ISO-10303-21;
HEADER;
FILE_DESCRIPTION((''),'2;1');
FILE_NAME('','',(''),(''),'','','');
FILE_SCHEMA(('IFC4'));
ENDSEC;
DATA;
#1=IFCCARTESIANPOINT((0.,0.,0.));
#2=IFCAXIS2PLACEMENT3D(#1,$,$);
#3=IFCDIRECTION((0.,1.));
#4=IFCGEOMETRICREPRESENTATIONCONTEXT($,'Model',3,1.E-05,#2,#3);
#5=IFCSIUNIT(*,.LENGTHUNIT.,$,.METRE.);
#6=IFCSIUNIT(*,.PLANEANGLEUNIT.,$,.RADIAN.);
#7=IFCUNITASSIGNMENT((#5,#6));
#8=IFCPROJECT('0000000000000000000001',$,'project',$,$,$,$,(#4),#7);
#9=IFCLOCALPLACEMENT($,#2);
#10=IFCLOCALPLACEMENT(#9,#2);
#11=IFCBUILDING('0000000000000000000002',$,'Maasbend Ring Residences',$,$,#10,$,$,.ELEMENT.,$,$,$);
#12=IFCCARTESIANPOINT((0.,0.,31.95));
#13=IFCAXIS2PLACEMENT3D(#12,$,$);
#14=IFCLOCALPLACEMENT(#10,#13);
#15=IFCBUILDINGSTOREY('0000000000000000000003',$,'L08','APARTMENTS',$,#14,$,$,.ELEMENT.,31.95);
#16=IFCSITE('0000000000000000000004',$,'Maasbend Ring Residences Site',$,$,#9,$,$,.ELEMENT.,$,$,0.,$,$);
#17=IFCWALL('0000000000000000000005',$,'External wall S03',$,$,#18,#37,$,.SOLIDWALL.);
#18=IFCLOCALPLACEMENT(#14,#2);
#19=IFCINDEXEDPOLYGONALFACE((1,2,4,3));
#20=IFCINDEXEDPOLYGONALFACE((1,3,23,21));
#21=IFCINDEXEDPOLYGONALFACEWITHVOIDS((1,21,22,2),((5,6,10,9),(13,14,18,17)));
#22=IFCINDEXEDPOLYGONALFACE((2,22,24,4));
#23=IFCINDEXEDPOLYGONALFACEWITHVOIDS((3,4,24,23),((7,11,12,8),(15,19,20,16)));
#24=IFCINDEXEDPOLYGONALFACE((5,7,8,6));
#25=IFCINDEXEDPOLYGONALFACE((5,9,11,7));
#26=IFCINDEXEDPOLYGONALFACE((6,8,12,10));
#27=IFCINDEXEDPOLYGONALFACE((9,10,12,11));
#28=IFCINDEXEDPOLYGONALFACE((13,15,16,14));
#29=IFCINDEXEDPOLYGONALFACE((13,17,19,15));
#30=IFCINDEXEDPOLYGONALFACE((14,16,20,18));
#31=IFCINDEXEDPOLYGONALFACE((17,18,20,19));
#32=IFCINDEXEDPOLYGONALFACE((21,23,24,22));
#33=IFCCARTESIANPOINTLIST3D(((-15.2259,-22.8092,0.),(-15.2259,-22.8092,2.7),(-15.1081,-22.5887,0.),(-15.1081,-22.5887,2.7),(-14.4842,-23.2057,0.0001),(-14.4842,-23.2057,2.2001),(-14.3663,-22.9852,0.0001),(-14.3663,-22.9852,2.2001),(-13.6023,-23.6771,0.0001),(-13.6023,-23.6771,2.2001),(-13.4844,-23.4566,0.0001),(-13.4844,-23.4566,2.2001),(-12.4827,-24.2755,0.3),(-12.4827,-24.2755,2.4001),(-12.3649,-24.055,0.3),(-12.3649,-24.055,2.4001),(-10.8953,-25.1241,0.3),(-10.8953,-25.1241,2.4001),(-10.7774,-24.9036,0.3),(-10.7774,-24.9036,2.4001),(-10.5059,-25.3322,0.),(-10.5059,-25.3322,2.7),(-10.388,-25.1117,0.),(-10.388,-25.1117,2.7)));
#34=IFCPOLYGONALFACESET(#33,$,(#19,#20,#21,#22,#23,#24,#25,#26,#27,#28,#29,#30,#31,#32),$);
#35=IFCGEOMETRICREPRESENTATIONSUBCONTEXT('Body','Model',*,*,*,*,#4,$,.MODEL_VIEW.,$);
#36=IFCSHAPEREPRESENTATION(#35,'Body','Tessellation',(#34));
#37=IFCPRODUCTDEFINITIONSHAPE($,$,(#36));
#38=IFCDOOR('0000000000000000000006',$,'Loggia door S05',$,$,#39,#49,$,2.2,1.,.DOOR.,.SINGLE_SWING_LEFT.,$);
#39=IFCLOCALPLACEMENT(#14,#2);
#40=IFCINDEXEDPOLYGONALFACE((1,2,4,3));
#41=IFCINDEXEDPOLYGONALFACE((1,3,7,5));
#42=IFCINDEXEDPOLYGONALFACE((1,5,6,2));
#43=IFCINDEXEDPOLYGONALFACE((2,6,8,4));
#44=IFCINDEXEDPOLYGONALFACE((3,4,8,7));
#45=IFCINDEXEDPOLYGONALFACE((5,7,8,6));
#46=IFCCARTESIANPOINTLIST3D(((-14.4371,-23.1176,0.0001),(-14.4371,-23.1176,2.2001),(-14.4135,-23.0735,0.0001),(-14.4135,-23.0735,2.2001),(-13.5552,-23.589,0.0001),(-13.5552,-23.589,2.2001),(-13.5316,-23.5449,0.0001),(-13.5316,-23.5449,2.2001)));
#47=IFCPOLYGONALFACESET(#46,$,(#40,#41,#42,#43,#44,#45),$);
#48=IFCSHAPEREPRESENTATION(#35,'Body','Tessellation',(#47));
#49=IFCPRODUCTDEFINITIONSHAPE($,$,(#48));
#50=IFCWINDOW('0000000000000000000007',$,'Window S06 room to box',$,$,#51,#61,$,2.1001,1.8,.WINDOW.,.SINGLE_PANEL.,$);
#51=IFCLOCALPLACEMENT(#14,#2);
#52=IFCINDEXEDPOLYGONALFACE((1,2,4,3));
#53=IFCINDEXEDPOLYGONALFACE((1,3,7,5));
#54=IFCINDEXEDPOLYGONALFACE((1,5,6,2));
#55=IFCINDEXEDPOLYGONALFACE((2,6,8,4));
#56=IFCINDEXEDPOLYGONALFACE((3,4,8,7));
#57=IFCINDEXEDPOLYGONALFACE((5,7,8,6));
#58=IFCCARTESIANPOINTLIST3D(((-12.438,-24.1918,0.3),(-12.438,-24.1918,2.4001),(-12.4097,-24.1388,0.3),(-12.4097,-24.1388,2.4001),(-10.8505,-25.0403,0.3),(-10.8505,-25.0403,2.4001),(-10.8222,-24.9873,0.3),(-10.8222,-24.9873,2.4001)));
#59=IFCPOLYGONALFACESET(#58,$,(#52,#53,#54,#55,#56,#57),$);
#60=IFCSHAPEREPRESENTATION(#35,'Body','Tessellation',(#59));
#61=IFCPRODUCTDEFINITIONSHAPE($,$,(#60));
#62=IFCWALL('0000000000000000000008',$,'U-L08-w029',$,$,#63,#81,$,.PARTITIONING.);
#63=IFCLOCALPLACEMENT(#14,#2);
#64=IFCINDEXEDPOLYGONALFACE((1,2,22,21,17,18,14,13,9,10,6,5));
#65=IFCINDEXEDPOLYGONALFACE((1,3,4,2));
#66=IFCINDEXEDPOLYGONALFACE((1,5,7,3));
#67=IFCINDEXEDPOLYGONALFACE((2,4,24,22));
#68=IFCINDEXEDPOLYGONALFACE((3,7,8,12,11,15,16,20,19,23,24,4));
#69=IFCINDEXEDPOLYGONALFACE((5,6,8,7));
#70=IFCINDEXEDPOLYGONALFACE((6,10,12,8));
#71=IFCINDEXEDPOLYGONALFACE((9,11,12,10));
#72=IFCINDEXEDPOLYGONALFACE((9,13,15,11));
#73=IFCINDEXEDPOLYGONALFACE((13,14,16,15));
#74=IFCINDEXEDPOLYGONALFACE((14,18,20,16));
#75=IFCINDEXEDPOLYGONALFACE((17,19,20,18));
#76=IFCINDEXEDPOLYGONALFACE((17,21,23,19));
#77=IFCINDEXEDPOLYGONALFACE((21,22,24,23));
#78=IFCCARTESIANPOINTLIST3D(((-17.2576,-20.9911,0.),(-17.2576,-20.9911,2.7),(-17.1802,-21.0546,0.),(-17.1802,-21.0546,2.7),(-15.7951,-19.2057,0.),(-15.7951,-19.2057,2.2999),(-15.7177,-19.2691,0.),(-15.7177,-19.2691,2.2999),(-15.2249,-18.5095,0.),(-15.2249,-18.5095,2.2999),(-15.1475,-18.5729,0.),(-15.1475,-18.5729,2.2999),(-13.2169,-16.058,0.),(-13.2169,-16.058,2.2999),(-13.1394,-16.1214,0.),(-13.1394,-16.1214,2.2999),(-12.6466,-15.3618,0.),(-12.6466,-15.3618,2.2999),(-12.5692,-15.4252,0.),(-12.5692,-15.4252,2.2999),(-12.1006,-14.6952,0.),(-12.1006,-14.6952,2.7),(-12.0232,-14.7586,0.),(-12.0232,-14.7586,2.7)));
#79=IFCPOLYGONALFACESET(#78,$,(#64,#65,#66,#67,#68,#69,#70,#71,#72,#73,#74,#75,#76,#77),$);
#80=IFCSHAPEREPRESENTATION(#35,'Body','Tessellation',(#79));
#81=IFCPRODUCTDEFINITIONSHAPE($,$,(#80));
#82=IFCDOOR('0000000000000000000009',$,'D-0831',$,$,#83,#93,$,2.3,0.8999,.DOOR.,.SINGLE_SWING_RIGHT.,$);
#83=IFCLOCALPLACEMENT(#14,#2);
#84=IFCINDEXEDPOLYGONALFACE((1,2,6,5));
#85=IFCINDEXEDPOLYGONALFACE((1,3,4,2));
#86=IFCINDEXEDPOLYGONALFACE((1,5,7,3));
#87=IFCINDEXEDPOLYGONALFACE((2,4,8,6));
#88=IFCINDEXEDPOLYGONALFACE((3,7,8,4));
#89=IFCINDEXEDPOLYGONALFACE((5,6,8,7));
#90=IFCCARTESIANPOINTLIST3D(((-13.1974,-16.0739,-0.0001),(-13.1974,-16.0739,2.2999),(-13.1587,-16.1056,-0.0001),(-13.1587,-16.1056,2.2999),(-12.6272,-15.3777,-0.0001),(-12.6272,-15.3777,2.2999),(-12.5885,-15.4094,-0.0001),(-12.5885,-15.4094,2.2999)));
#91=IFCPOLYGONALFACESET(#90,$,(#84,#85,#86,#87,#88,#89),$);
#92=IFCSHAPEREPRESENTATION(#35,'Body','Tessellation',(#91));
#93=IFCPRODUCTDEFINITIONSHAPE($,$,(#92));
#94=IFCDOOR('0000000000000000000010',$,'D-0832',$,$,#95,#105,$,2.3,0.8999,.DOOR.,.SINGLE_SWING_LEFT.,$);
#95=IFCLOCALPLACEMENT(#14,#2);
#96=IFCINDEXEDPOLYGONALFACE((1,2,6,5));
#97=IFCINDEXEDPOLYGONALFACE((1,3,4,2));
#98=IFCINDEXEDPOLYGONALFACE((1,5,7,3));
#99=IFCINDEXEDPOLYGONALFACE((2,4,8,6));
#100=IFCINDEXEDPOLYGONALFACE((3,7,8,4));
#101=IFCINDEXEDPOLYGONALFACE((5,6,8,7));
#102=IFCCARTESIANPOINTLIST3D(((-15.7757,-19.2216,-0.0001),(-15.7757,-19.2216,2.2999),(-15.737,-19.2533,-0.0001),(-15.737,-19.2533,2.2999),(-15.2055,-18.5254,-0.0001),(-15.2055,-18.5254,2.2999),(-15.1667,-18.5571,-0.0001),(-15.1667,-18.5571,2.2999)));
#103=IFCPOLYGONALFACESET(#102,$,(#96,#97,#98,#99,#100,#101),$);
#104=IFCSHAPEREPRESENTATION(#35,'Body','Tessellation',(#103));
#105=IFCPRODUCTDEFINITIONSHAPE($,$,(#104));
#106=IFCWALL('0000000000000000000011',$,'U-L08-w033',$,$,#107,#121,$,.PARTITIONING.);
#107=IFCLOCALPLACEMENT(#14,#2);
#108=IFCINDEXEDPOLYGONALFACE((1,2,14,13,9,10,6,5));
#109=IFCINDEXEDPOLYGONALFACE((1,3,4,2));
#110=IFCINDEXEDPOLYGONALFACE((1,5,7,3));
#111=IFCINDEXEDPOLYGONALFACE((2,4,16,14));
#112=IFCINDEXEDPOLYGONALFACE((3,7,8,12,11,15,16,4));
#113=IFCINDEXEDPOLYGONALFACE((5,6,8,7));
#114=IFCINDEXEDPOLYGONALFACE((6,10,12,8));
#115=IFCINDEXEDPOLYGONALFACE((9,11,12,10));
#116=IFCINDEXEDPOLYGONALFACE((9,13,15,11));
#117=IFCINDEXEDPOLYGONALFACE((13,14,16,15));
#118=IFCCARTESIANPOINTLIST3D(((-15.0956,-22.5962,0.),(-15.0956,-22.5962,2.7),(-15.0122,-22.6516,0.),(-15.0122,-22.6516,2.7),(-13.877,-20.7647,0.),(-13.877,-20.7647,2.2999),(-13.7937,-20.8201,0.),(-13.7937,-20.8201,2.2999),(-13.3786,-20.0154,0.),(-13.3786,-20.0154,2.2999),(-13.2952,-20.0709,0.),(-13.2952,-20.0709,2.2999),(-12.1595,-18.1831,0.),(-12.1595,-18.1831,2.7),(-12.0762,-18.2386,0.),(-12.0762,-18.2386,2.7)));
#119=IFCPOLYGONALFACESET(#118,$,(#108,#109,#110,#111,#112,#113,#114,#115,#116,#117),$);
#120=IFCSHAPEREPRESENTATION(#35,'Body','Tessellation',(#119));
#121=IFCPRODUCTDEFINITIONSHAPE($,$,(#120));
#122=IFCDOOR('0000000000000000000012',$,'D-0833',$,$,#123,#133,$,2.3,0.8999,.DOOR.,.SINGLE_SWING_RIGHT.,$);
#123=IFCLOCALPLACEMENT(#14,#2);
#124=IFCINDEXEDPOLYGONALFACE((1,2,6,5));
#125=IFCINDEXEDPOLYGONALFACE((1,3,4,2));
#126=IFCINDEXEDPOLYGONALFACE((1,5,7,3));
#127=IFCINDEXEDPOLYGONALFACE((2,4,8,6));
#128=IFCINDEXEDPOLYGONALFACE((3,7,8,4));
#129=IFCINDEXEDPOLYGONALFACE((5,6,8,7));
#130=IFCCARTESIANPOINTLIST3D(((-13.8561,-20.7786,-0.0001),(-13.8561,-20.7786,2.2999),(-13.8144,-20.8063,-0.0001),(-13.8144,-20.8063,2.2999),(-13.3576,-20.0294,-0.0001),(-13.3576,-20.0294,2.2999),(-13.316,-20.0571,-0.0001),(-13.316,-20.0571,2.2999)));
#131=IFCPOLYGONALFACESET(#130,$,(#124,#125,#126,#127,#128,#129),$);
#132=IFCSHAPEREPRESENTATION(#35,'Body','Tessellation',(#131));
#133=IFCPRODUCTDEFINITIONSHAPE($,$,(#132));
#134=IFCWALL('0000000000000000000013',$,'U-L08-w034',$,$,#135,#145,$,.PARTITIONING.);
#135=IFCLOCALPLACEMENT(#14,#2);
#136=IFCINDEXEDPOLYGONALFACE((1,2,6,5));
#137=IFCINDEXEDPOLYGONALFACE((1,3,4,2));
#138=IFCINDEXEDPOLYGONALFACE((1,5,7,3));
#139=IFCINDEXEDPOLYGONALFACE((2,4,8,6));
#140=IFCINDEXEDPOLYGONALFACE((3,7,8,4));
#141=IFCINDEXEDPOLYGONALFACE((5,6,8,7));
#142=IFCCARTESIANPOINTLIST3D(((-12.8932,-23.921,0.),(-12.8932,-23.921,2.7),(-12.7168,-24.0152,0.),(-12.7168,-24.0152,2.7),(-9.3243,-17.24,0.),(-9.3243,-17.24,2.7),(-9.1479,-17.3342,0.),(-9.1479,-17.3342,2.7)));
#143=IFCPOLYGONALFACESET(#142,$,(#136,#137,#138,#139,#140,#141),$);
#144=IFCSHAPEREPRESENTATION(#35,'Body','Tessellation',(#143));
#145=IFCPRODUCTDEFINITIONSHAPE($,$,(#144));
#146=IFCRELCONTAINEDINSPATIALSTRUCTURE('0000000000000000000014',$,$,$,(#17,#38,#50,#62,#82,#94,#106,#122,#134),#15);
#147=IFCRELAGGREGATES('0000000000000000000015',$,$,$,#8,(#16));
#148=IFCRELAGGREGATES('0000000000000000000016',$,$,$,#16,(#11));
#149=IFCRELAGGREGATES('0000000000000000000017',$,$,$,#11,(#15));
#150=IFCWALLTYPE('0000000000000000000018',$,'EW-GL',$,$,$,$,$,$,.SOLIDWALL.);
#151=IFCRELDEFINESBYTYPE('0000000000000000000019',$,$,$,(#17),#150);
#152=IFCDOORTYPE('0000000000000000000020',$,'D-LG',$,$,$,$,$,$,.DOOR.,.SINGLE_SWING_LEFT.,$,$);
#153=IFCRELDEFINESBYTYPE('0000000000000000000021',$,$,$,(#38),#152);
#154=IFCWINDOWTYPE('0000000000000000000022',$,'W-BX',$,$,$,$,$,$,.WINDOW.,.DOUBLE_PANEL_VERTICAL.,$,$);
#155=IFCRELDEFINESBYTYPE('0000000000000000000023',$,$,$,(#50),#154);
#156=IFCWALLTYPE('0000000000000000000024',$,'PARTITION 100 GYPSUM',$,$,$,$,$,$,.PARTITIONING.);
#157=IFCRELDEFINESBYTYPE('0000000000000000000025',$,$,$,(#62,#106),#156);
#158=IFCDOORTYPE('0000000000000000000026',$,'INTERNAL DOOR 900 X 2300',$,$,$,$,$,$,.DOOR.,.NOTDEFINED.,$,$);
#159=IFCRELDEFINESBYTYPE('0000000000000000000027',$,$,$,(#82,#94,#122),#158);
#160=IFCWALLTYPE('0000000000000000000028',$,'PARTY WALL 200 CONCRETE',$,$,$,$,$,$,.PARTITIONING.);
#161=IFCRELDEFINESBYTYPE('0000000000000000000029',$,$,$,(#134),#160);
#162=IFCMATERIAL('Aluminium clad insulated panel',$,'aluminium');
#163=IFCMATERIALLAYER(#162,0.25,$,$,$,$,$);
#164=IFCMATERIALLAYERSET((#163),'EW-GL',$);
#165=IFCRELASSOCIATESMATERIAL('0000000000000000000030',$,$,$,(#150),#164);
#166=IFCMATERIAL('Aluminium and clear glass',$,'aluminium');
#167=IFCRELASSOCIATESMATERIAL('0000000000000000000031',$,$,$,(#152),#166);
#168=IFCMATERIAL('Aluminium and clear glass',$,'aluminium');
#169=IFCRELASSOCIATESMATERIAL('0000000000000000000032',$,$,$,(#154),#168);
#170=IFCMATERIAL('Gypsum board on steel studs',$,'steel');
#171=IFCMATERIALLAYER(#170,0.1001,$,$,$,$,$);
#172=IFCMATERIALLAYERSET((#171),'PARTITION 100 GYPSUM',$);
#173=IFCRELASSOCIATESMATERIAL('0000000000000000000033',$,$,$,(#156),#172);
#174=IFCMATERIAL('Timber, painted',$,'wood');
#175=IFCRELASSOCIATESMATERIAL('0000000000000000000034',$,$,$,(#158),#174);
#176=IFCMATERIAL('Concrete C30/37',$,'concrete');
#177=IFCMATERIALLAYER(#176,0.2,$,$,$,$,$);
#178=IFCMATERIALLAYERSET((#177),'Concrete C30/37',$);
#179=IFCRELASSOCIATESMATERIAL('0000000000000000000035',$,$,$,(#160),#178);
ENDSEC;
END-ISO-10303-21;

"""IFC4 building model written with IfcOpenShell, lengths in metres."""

from ifc_helpers import new_model, si_unit, direction, frame, frame_2d, origin, place, context, subcontext, project, spatial, rectangle, extrude, material, layer, layer_set, type_object, element, fill, save


model = new_model("IFC4")

# Units and contexts
model_context = context("Model", 3, precision=1e-05, world=origin(), true_north=direction((0.0, 1.0)))
body_context = subcontext(model_context, "Body", "Model", "MODEL_VIEW")
ifc_project = project(units=[si_unit("LENGTHUNIT", "METRE"), si_unit("PLANEANGLEUNIT", "RADIAN")], contexts=[model_context])

# Site, building, storey
site_placement = place(None, origin())
site = spatial("IfcSite", under=ifc_project, at=site_placement, Name="Maasbend Ring Residences Site", CompositionType="ELEMENT", RefElevation=0.0)
building_placement = place(site_placement, origin())
building = spatial("IfcBuilding", under=site, at=building_placement, Name="Maasbend Ring Residences", CompositionType="ELEMENT")
storey_placement = place(building_placement, frame((0.0, 0.0, 31.95)))
storey = spatial("IfcBuildingStorey", under=building, at=storey_placement, Name="L08", Description="APARTMENTS", CompositionType="ELEMENT", Elevation=31.95)

# Wall, openings, door, window
ifc_material_1 = material(Name="Aluminium clad insulated panel", Category="aluminium")
ifc_layer_1 = layer(ifc_material_1, 0.25)
ifc_layer_set_1 = layer_set([ifc_layer_1], Name="EW-GL")
wall_type_1 = type_object("IfcWallType", Name="EW-GL", PredefinedType="SOLIDWALL", material=ifc_layer_set_1)
wall_1_placement = place(storey_placement, frame((-15.167, -22.699, 0.0), z_axis=(0.0, 0.0, 1.0), x_axis=(0.881916, -0.471407, 0.0)))
wall_1 = element("IfcWall", 1, at=wall_1_placement, inside=storey, type_object=wall_type_1, Name="External wall S03", PredefinedType="SOLIDWALL", context=body_context, shape_type="SweptSolid", body=[
    extrude(rectangle(XDim=5.3521, YDim=0.25, at=frame_2d((2.676, 0.0))), origin(), (0.0, 0.0, 1.0), 2.7),
])
opening_1_placement = place(wall_1_placement, frame((0.8411, 0.0, 0.0)))
opening_1 = element("IfcOpeningElement", 2, at=opening_1_placement, cuts=wall_1, PredefinedType="OPENING", context=body_context, shape_type="SweptSolid", body=[
    extrude(rectangle(XDim=1.0, YDim=2.2, at=frame_2d((0.5, 1.1001))), frame((0.0, 0.135, 0.0), z_axis=(0.0, -1.0, 0.0), x_axis=(1.0, 0.0, 0.0)), (0.0, 0.0, 1.0), 0.27),
])
opening_2_placement = place(wall_1_placement, frame((3.1106, 0.0, 0.3)))
opening_2 = element("IfcOpeningElement", 3, at=opening_2_placement, cuts=wall_1, PredefinedType="OPENING", context=body_context, shape_type="SweptSolid", body=[
    extrude(rectangle(XDim=1.8, YDim=2.1001, at=frame_2d((0.8999, 1.05))), frame((0.0, 0.135, 0.0), z_axis=(0.0, -1.0, 0.0), x_axis=(1.0, 0.0, 0.0)), (0.0, 0.0, 1.0), 0.27),
])
ifc_material_2 = material(Name="Aluminium and clear glass", Category="aluminium")
door_type_1 = type_object("IfcDoorType", Name="D-LG", OperationType="SINGLE_SWING_LEFT", PredefinedType="DOOR", material=ifc_material_2)
door_1_placement = place(opening_1_placement, origin())
door_1 = element("IfcDoor", 4, at=door_1_placement, inside=storey, type_object=door_type_1, Name="Loggia door S05", OperationType="SINGLE_SWING_LEFT", OverallHeight=2.2, OverallWidth=1.0, PredefinedType="DOOR", context=body_context, shape_type="SweptSolid", body=[
    extrude(rectangle(XDim=1.0, YDim=2.2, at=frame_2d((0.5, 1.1001))), frame((0.0, 0.0249, 0.0), z_axis=(0.0, -1.0, 0.0), x_axis=(1.0, 0.0, 0.0)), (0.0, 0.0, 1.0), 0.05),
])
fill(opening_1, door_1)
ifc_material_3 = material(Name="Aluminium and clear glass", Category="aluminium")
window_type_1 = type_object("IfcWindowType", Name="W-BX", PartitioningType="DOUBLE_PANEL_VERTICAL", PredefinedType="WINDOW", material=ifc_material_3)
window_1_placement = place(opening_2_placement, origin())
window_1 = element("IfcWindow", 5, at=window_1_placement, inside=storey, type_object=window_type_1, Name="Window S06 room to box", OverallHeight=2.1001, OverallWidth=1.8, PartitioningType="SINGLE_PANEL", PredefinedType="WINDOW", context=body_context, shape_type="SweptSolid", body=[
    extrude(rectangle(XDim=1.8, YDim=2.1001, at=frame_2d((0.8999, 1.05))), frame((0.0, 0.03, 0.0), z_axis=(0.0, -1.0, 0.0), x_axis=(1.0, 0.0, 0.0)), (0.0, 0.0, 1.0), 0.0601),
])
fill(opening_2, window_1)

# Wall, openings, doors
ifc_material_4 = material(Name="Gypsum board on steel studs", Category="steel")
ifc_layer_2 = layer(ifc_material_4, 0.1001)
ifc_layer_set_2 = layer_set([ifc_layer_2], Name="PARTITION 100 GYPSUM")
wall_type_2 = type_object("IfcWallType", Name="PARTITION 100 GYPSUM", PredefinedType="PARTITIONING", material=ifc_layer_set_2)
wall_2_placement = place(storey_placement, frame((-17.219, -21.0229, 0.0), z_axis=(0.0, 0.0, 1.0), x_axis=(0.633664, 0.773608, 0.0)))
wall_2 = element("IfcWall", 6, at=wall_2_placement, inside=storey, type_object=wall_type_2, Name="U-L08-w029", PredefinedType="PARTITIONING", context=body_context, shape_type="SweptSolid", body=[
    extrude(rectangle(XDim=8.1384, YDim=0.1001, at=frame_2d((4.0693, 0.0))), origin(), (0.0, 0.0, 1.0), 2.7),
])
opening_3_placement = place(wall_2_placement, frame((6.377, 0.0, 0.0)))
opening_3 = element("IfcOpeningElement", 7, at=opening_3_placement, cuts=wall_2, PredefinedType="OPENING", context=body_context, shape_type="SweptSolid", body=[
    extrude(rectangle(XDim=0.8999, YDim=2.3, at=frame_2d((0.45, 1.1499))), frame((0.0, 0.0601, 0.0), z_axis=(0.0, -1.0, 0.0), x_axis=(1.0, 0.0, 0.0)), (0.0, 0.0, 1.0), 0.1201),
])
opening_4_placement = place(wall_2_placement, frame((2.3081, 0.0, 0.0)))
opening_4 = element("IfcOpeningElement", 8, at=opening_4_placement, cuts=wall_2, PredefinedType="OPENING", context=body_context, shape_type="SweptSolid", body=[
    extrude(rectangle(XDim=0.8999, YDim=2.3, at=frame_2d((0.45, 1.1499))), frame((0.0, 0.0601, 0.0), z_axis=(0.0, -1.0, 0.0), x_axis=(1.0, 0.0, 0.0)), (0.0, 0.0, 1.0), 0.1201),
])
ifc_material_5 = material(Name="Timber, painted", Category="wood")
door_type_2 = type_object("IfcDoorType", Name="INTERNAL DOOR 900 X 2300", OperationType="NOTDEFINED", PredefinedType="DOOR", material=ifc_material_5)
door_2_placement = place(opening_3_placement, origin())
door_2 = element("IfcDoor", 9, at=door_2_placement, inside=storey, type_object=door_type_2, Name="D-0831", OperationType="SINGLE_SWING_RIGHT", OverallHeight=2.3, OverallWidth=0.8999, PredefinedType="DOOR", context=body_context, shape_type="SweptSolid", body=[
    extrude(rectangle(XDim=0.8999, YDim=2.3, at=frame_2d((0.45, 1.1499))), frame((0.0, 0.0249, 0.0), z_axis=(0.0, -1.0, 0.0), x_axis=(1.0, 0.0, 0.0)), (0.0, 0.0, 1.0), 0.05),
])
fill(opening_3, door_2)
door_3_placement = place(opening_4_placement, origin())
door_3 = element("IfcDoor", 10, at=door_3_placement, inside=storey, type_object=door_type_2, Name="D-0832", OperationType="SINGLE_SWING_LEFT", OverallHeight=2.3, OverallWidth=0.8999, PredefinedType="DOOR", context=body_context, shape_type="SweptSolid", body=[
    extrude(rectangle(XDim=0.8999, YDim=2.3, at=frame_2d((0.45, 1.1499))), frame((0.0, 0.0249, 0.0), z_axis=(0.0, -1.0, 0.0), x_axis=(1.0, 0.0, 0.0)), (0.0, 0.0, 1.0), 0.05),
])
fill(opening_4, door_3)

# Wall, opening, door
wall_3_placement = place(storey_placement, frame((-15.054, -22.624, 0.0), z_axis=(0.0, 0.0, 1.0), x_axis=(0.553913, 0.832574, 0.0)))
wall_3 = element("IfcWall", 11, at=wall_3_placement, inside=storey, type_object=wall_type_2, Name="U-L08-w033", PredefinedType="PARTITIONING", context=body_context, shape_type="SweptSolid", body=[
    extrude(rectangle(XDim=5.3005, YDim=0.1001, at=frame_2d((2.6504, 0.0))), origin(), (0.0, 0.0, 1.0), 2.7),
])
opening_5_placement = place(wall_3_placement, frame((2.2, 0.0, 0.0)))
opening_5 = element("IfcOpeningElement", 12, at=opening_5_placement, cuts=wall_3, PredefinedType="OPENING", context=body_context, shape_type="SweptSolid", body=[
    extrude(rectangle(XDim=0.8999, YDim=2.3, at=frame_2d((0.45, 1.1499))), frame((0.0, 0.0601, 0.0), z_axis=(0.0, -1.0, 0.0), x_axis=(1.0, 0.0, 0.0)), (0.0, 0.0, 1.0), 0.1201),
])
door_4_placement = place(opening_5_placement, origin())
door_4 = element("IfcDoor", 13, at=door_4_placement, inside=storey, type_object=door_type_2, Name="D-0833", OperationType="SINGLE_SWING_RIGHT", OverallHeight=2.3, OverallWidth=0.8999, PredefinedType="DOOR", context=body_context, shape_type="SweptSolid", body=[
    extrude(rectangle(XDim=0.8999, YDim=2.3, at=frame_2d((0.45, 1.1499))), frame((0.0, 0.0249, 0.0), z_axis=(0.0, -1.0, 0.0), x_axis=(1.0, 0.0, 0.0)), (0.0, 0.0, 1.0), 0.05),
])
fill(opening_5, door_4)

# Wall
ifc_material_6 = material(Name="Concrete C30/37", Category="concrete")
ifc_layer_3 = layer(ifc_material_6, 0.2)
ifc_layer_set_3 = layer_set([ifc_layer_3], Name="Concrete C30/37")
wall_type_3 = type_object("IfcWallType", Name="PARTY WALL 200 CONCRETE", PredefinedType="PARTITIONING", material=ifc_layer_set_3)
wall_4_placement = place(storey_placement, frame((-12.8049, -23.968, 0.0), z_axis=(0.0, 0.0, 1.0), x_axis=(0.471174, 0.88204, 0.0)))
element("IfcWall", 14, at=wall_4_placement, inside=storey, type_object=wall_type_3, Name="U-L08-w034", PredefinedType="PARTITIONING", context=body_context, shape_type="SweptSolid", body=[
    extrude(rectangle(XDim=7.5745, YDim=0.2, at=frame_2d((3.7871, 0.0))), origin(), (0.0, 0.0, 1.0), 2.7),
])

save(model, "model.ifc")
